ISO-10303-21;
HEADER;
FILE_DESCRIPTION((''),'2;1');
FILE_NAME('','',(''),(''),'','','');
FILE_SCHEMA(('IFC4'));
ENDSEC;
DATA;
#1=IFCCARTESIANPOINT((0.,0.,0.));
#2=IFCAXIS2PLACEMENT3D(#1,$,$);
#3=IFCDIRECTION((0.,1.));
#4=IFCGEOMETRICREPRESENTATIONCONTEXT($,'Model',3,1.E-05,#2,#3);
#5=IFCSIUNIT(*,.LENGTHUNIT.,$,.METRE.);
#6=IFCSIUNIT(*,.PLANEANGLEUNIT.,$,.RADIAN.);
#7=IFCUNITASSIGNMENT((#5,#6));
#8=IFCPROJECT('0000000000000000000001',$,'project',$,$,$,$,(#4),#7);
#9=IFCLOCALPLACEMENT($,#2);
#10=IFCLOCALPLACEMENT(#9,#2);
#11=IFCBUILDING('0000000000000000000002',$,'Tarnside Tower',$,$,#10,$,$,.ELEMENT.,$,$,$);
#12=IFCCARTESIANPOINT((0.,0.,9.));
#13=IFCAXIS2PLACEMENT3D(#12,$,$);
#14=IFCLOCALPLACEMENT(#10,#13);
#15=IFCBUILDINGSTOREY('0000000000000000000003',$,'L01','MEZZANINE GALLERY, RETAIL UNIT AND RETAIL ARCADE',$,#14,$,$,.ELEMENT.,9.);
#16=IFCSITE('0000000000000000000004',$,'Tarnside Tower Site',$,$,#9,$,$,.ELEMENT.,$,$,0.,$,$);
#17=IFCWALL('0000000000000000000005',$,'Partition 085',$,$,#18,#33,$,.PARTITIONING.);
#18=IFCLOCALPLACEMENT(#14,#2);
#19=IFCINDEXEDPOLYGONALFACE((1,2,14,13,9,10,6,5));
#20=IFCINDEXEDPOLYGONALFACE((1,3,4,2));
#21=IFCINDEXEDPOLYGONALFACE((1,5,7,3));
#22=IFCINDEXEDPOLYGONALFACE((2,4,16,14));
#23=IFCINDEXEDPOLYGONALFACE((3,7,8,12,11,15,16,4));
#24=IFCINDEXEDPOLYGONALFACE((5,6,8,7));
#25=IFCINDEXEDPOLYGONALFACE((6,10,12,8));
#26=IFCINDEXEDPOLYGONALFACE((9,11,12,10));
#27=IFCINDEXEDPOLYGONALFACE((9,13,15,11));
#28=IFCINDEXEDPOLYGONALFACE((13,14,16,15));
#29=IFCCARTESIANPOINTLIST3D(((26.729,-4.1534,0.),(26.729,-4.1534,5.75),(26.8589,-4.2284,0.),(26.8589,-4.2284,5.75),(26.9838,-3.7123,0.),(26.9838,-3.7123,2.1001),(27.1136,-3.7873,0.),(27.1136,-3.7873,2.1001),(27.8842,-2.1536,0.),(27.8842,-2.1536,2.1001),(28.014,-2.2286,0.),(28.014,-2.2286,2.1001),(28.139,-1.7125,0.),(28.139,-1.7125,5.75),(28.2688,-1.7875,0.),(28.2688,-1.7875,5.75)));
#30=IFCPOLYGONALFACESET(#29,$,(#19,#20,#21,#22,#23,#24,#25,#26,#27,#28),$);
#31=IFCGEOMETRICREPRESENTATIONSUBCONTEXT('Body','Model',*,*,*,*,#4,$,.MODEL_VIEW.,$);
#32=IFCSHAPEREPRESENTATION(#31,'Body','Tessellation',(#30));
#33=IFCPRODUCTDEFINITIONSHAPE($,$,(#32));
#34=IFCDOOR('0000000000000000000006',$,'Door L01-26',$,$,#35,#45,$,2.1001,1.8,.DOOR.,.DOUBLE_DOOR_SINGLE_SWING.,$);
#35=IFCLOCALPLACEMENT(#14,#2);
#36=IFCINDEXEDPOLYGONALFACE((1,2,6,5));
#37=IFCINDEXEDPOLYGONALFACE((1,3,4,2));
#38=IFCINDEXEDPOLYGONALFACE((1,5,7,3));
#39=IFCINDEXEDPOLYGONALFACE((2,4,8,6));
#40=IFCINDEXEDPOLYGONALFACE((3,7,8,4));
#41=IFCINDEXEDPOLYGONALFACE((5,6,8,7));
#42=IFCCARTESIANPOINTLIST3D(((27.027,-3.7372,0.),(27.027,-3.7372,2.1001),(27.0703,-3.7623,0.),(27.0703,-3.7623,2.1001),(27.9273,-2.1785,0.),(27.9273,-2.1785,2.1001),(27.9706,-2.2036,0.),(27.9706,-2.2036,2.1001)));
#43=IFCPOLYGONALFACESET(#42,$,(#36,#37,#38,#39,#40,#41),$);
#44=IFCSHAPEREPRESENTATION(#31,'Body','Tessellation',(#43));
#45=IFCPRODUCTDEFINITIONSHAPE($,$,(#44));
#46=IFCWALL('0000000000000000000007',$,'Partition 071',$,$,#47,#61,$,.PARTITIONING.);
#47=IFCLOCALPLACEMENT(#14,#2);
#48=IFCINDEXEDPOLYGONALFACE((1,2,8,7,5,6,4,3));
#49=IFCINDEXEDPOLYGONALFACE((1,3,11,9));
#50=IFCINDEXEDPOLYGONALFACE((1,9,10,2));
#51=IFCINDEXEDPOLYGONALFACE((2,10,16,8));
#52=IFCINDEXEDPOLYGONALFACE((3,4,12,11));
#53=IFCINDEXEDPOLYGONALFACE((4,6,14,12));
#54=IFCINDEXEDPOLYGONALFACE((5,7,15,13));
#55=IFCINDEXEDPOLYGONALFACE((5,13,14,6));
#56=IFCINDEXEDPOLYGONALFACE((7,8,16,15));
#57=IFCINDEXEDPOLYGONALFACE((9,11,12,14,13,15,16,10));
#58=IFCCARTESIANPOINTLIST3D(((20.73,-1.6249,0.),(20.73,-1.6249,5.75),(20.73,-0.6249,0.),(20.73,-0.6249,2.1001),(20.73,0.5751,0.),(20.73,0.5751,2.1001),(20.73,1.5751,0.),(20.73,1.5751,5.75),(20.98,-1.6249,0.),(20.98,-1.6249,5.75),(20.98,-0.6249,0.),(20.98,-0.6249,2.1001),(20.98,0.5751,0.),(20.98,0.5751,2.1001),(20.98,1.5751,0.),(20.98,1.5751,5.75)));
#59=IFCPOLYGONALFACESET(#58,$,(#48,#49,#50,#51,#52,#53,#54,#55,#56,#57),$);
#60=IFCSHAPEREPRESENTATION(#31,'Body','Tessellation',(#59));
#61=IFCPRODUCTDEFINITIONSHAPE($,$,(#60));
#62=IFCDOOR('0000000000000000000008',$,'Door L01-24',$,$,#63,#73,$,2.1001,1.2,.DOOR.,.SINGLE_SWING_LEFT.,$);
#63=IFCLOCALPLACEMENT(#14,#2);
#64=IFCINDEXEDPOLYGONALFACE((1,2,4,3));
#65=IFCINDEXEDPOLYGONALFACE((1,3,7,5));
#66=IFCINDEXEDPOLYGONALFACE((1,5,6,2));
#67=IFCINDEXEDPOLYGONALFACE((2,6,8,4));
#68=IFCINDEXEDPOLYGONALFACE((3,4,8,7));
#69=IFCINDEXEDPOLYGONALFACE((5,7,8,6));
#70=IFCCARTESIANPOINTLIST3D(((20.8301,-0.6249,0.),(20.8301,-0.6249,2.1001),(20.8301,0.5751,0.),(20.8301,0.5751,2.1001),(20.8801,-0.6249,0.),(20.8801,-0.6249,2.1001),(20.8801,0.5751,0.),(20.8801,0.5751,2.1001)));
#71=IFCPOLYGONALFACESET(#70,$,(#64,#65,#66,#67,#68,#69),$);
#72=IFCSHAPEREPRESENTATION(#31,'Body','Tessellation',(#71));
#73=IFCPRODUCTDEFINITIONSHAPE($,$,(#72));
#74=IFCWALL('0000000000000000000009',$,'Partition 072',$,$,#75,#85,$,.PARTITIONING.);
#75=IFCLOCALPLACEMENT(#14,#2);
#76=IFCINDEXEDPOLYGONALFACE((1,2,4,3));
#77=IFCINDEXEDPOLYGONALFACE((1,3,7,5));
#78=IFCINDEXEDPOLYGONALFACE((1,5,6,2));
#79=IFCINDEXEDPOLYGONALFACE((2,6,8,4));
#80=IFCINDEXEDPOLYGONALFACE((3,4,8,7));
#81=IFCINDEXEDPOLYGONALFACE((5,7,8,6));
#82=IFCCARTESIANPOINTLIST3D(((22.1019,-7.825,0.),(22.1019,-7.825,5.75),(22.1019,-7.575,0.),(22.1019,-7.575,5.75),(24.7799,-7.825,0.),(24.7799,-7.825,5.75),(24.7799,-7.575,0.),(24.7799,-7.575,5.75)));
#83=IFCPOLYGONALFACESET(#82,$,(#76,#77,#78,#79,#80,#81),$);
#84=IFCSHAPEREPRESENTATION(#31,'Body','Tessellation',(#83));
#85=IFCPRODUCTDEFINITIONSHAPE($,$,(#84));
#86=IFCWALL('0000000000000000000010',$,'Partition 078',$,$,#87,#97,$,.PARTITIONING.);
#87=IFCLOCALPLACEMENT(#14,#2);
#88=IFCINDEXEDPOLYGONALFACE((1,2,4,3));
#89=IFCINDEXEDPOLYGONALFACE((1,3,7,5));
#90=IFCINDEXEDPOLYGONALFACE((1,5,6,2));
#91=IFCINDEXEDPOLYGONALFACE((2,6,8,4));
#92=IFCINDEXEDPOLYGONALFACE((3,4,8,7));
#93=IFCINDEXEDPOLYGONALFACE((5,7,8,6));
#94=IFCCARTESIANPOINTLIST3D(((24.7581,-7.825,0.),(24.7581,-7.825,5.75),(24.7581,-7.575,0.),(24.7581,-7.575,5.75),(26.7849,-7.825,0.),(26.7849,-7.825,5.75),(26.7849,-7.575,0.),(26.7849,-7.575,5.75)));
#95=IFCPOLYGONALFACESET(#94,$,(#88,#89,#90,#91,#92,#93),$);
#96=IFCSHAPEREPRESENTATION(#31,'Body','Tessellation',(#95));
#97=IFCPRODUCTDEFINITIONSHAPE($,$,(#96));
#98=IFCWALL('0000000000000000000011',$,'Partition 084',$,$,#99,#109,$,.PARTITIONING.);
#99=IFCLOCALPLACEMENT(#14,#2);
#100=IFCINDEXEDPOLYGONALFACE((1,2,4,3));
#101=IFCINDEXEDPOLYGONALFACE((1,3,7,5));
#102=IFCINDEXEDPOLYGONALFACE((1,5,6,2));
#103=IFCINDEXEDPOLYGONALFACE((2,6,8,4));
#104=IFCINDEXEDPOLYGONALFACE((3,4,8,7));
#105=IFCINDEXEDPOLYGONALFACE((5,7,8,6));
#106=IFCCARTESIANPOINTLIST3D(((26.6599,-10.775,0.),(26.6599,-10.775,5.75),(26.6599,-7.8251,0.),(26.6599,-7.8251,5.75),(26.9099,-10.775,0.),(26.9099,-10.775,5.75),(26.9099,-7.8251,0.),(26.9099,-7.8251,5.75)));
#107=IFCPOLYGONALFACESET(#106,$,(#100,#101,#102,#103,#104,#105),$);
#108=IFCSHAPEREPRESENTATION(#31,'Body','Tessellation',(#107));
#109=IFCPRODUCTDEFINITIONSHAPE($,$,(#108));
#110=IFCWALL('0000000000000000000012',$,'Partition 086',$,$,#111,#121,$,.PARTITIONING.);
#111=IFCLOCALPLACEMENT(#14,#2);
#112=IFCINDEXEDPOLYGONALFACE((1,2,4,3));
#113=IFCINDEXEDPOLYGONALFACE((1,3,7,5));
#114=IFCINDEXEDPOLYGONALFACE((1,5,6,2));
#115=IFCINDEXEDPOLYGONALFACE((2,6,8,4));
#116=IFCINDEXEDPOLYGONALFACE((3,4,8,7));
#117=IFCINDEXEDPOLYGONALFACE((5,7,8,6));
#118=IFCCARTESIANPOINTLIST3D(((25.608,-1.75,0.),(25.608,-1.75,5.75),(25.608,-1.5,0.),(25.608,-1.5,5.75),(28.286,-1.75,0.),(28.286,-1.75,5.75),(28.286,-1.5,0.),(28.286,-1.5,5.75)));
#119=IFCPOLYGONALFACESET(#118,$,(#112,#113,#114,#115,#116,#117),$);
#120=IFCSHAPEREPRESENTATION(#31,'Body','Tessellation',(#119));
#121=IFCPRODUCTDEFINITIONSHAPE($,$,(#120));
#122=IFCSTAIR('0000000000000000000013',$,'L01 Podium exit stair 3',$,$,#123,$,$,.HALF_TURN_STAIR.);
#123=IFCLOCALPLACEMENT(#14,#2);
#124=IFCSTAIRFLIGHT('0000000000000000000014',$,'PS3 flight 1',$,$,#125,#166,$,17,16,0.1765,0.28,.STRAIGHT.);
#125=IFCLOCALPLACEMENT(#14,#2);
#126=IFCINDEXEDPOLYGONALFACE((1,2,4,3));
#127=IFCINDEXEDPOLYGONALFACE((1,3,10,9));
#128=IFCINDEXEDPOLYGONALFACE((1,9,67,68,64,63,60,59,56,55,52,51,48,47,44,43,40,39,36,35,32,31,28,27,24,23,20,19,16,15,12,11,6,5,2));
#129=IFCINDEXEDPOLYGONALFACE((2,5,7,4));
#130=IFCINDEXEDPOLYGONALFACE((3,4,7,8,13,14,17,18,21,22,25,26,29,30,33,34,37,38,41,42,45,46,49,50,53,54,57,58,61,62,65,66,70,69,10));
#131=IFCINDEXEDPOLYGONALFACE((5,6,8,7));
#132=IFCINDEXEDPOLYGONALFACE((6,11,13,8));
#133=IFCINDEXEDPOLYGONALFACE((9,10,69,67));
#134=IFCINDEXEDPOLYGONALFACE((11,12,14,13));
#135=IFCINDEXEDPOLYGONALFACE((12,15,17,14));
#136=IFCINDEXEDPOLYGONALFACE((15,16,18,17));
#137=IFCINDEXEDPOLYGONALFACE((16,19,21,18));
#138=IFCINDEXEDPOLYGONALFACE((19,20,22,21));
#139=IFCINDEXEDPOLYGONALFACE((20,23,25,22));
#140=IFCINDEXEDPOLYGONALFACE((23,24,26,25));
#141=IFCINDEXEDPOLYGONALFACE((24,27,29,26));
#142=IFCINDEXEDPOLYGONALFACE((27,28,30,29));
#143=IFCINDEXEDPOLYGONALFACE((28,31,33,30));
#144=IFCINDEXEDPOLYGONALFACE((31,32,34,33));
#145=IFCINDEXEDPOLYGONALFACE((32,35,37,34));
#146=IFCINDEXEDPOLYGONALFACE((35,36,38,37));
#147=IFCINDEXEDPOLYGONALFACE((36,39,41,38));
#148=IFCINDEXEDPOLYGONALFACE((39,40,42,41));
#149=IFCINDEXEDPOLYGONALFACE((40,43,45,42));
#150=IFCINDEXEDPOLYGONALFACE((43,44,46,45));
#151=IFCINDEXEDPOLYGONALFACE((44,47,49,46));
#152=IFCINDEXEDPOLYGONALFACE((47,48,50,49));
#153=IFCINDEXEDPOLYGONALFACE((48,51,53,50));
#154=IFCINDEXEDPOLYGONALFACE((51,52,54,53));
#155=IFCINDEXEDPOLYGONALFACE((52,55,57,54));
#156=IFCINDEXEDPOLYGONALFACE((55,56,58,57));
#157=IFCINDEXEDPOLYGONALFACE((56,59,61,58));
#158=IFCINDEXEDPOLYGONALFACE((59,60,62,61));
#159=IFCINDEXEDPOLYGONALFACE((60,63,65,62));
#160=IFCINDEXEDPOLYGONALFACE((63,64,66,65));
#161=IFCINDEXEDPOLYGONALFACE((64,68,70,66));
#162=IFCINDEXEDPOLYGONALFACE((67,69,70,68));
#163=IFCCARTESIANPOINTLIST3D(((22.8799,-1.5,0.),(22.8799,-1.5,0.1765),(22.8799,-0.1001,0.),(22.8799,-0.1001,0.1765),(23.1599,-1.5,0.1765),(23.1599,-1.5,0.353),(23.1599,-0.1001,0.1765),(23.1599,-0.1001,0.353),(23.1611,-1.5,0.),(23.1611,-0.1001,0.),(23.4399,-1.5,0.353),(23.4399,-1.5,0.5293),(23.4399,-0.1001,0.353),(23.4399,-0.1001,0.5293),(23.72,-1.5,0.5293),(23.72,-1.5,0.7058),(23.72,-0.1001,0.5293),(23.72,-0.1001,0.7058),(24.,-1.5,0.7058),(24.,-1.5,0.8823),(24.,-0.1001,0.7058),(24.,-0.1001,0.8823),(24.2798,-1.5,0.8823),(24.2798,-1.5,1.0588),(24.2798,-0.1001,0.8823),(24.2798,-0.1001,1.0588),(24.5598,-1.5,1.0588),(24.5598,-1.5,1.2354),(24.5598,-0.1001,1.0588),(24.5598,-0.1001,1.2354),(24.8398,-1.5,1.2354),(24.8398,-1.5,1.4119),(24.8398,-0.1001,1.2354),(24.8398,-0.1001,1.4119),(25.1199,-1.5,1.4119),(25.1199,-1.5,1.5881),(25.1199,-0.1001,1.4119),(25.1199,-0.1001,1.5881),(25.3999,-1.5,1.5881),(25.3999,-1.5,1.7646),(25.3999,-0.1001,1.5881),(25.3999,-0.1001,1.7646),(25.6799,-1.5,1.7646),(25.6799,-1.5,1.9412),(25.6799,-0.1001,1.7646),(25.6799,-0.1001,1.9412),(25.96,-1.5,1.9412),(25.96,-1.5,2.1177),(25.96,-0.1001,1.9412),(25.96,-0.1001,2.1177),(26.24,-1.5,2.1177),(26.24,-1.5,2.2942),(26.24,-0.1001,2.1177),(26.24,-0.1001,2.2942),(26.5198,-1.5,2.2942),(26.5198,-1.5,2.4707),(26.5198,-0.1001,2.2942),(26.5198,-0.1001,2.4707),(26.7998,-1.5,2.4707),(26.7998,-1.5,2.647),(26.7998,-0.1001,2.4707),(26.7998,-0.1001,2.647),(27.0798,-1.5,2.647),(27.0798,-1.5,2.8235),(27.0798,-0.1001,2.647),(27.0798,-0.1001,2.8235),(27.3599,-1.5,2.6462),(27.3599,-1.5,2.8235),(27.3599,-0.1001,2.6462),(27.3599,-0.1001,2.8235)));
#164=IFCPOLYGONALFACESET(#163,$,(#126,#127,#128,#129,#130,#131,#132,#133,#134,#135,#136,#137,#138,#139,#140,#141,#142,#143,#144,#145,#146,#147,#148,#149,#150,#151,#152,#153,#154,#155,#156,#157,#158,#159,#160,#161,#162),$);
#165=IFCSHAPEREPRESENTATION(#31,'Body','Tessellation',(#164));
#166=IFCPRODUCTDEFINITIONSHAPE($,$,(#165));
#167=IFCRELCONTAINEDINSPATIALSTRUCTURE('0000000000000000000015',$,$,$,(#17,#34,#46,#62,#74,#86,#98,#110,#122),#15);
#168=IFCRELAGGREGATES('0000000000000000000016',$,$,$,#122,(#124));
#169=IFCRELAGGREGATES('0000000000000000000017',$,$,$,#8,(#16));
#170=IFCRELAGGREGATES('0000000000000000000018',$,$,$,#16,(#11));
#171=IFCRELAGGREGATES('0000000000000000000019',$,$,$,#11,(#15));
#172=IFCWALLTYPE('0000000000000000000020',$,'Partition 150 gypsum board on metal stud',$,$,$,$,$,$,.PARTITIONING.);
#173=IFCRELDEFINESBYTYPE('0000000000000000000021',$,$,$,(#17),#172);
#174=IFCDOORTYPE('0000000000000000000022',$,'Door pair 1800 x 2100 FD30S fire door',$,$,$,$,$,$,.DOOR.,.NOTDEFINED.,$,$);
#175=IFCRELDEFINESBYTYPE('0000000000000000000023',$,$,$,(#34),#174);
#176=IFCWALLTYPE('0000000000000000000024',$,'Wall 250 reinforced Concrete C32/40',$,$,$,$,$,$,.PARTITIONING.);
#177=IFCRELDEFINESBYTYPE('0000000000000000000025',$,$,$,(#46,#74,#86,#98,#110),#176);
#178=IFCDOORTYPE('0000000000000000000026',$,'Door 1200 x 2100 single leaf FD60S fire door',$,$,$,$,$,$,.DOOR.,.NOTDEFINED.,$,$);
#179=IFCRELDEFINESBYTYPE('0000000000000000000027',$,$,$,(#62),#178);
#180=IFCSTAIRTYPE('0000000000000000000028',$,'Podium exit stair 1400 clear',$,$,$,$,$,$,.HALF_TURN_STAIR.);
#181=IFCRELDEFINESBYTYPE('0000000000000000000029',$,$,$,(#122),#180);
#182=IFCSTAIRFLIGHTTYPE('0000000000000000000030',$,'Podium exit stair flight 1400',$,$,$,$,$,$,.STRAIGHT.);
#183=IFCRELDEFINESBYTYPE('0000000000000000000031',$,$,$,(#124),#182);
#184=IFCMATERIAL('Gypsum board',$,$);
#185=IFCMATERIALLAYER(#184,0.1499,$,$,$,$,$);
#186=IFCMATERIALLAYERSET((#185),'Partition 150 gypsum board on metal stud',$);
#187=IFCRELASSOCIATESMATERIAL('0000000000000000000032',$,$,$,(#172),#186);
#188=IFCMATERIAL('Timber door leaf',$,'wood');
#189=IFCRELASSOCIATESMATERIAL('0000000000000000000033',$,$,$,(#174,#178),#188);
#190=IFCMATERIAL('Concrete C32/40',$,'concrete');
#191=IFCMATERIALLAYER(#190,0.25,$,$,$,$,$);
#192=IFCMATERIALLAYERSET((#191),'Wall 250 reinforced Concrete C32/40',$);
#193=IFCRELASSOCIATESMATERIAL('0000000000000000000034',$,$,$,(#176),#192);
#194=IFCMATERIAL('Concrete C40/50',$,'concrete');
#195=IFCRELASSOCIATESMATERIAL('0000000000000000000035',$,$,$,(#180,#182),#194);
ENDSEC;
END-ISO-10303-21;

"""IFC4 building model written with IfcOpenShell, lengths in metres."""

from ifc_helpers import new_model, si_unit, direction, frame, frame_2d, origin, place, context, subcontext, project, spatial, polyline, rectangle, outline, extrude, material, layer, layer_set, type_object, element, fill, aggregate, save


model = new_model("IFC4")

# Units and contexts
model_context = context("Model", 3, precision=1e-05, world=origin(), true_north=direction((0.0, 1.0)))
body_context = subcontext(model_context, "Body", "Model", "MODEL_VIEW")
ifc_project = project(units=[si_unit("LENGTHUNIT", "METRE"), si_unit("PLANEANGLEUNIT", "RADIAN")], contexts=[model_context])

# Site, building, storey
site_placement = place(None, origin())
site = spatial("IfcSite", under=ifc_project, at=site_placement, Name="Tarnside Tower Site", CompositionType="ELEMENT", RefElevation=0.0)
building_placement = place(site_placement, origin())
building = spatial("IfcBuilding", under=site, at=building_placement, Name="Tarnside Tower", CompositionType="ELEMENT")
storey_placement = place(building_placement, frame((0.0, 0.0, 9.0)))
storey = spatial("IfcBuildingStorey", under=building, at=storey_placement, Name="L01", Description="MEZZANINE GALLERY, RETAIL UNIT AND RETAIL ARCADE", CompositionType="ELEMENT", Elevation=9.0)

# Walls, openings, doors
ifc_material_1 = material(Name="Gypsum board")
ifc_layer_1 = layer(ifc_material_1, 0.1499)
ifc_layer_set_1 = layer_set([ifc_layer_1], Name="Partition 150 gypsum board on metal stud")
wall_type_1 = type_object("IfcWallType", Name="Partition 150 gypsum board on metal stud", PredefinedType="PARTITIONING", material=ifc_layer_set_1)
ifc_material_2 = material(Name="Timber door leaf", Category="wood")
door_type_1 = type_object("IfcDoorType", Name="Door pair 1800 x 2100 FD30S fire door", OperationType="NOTDEFINED", PredefinedType="DOOR", material=ifc_material_2)
wall_1_placement = place(storey_placement, frame((28.2039, -1.75, 0.0), z_axis=(0.0, 0.0, 1.0), x_axis=(-0.500172, -0.865926, 0.0)))
wall_1 = element("IfcWall", 1, at=wall_1_placement, inside=storey, type_object=wall_type_1, Name="Partition 085", PredefinedType="PARTITIONING", context=body_context, shape_type="SweptSolid", body=[
    extrude(rectangle(XDim=2.8188, YDim=0.1499, at=frame_2d((1.4094, 0.0))), origin(), (0.0, 0.0, 1.0), 5.75),
])
opening_1_placement = place(wall_1_placement, frame((0.5095, 0.0, 0.0)))
opening_1 = element("IfcOpeningElement", 2, at=opening_1_placement, cuts=wall_1, PredefinedType="OPENING", context=body_context, shape_type="SweptSolid", body=[
    extrude(rectangle(XDim=1.8, YDim=2.1001, at=frame_2d((0.8999, 1.05))), frame((0.0, 0.085, 0.0), z_axis=(0.0, -1.0, 0.0), x_axis=(1.0, 0.0, 0.0)), (0.0, 0.0, 1.0), 0.1699),
])
door_1_placement = place(opening_1_placement, origin())
door_1 = element("IfcDoor", 3, at=door_1_placement, inside=storey, type_object=door_type_1, Name="Door L01-26", OperationType="DOUBLE_DOOR_SINGLE_SWING", OverallHeight=2.1001, OverallWidth=1.8, PredefinedType="DOOR", context=body_context, shape_type="SweptSolid", body=[
    extrude(rectangle(XDim=1.8, YDim=2.1001, at=frame_2d((0.8999, 1.05))), frame((0.0, 0.0249, 0.0), z_axis=(0.0, -1.0, 0.0), x_axis=(1.0, 0.0, 0.0)), (0.0, 0.0, 1.0), 0.05),
])
fill(opening_1, door_1)
ifc_material_3 = material(Name="Concrete C32/40", Category="concrete")
ifc_layer_2 = layer(ifc_material_3, 0.25)
ifc_layer_set_2 = layer_set([ifc_layer_2], Name="Wall 250 reinforced Concrete C32/40")
wall_type_2 = type_object("IfcWallType", Name="Wall 250 reinforced Concrete C32/40", PredefinedType="PARTITIONING", material=ifc_layer_set_2)
wall_2_placement = place(storey_placement, frame((20.855, -1.625, 0.0), z_axis=(0.0, 0.0, 1.0), x_axis=(0.0, 1.0, 0.0)))
wall_2 = element("IfcWall", 4, at=wall_2_placement, inside=storey, type_object=wall_type_2, Name="Partition 071", PredefinedType="PARTITIONING", context=body_context, shape_type="SweptSolid", body=[
    extrude(rectangle(XDim=3.2, YDim=0.25, at=frame_2d((1.6001, 0.0))), origin(), (0.0, 0.0, 1.0), 5.75),
])
opening_2_placement = place(wall_2_placement, frame((1.0, 0.0, 0.0)))
opening_2 = element("IfcOpeningElement", 5, at=opening_2_placement, cuts=wall_2, PredefinedType="OPENING", context=body_context, shape_type="SweptSolid", body=[
    extrude(rectangle(XDim=1.2, YDim=2.1001, at=frame_2d((0.6001, 1.05))), frame((0.0, 0.135, 0.0), z_axis=(0.0, -1.0, 0.0), x_axis=(1.0, 0.0, 0.0)), (0.0, 0.0, 1.0), 0.27),
])
door_type_2 = type_object("IfcDoorType", Name="Door 1200 x 2100 single leaf FD60S fire door", OperationType="NOTDEFINED", PredefinedType="DOOR", material=ifc_material_2)
door_2_placement = place(opening_2_placement, origin())
door_2 = element("IfcDoor", 6, at=door_2_placement, inside=storey, type_object=door_type_2, Name="Door L01-24", OperationType="SINGLE_SWING_LEFT", OverallHeight=2.1001, OverallWidth=1.2, PredefinedType="DOOR", context=body_context, shape_type="SweptSolid", body=[
    extrude(rectangle(XDim=1.2, YDim=2.1001, at=frame_2d((0.6001, 1.05))), frame((0.0, 0.0249, 0.0), z_axis=(0.0, -1.0, 0.0), x_axis=(1.0, 0.0, 0.0)), (0.0, 0.0, 1.0), 0.05),
])
fill(opening_2, door_2)

# Walls
wall_3_placement = place(storey_placement, frame((22.1021, -7.7, 0.0), z_axis=(0.0, 0.0, 1.0), x_axis=(1.0, 0.0, 0.0)))
element("IfcWall", 7, at=wall_3_placement, inside=storey, type_object=wall_type_2, Name="Partition 072", PredefinedType="PARTITIONING", context=body_context, shape_type="SweptSolid", body=[
    extrude(rectangle(XDim=2.678, YDim=0.25, at=frame_2d((1.3389, 0.0))), origin(), (0.0, 0.0, 1.0), 5.75),
])
wall_4_placement = place(storey_placement, frame((24.7581, -7.7, 0.0), z_axis=(0.0, 0.0, 1.0), x_axis=(1.0, 0.0, 0.0)))
element("IfcWall", 8, at=wall_4_placement, inside=storey, type_object=wall_type_2, Name="Partition 078", PredefinedType="PARTITIONING", context=body_context, shape_type="SweptSolid", body=[
    extrude(rectangle(XDim=2.0269, YDim=0.25, at=frame_2d((1.0134, 0.0))), origin(), (0.0, 0.0, 1.0), 5.75),
])
wall_5_placement = place(storey_placement, frame((26.7849, -7.825, 0.0), z_axis=(0.0, 0.0, 1.0), x_axis=(0.0, -1.0, 0.0)))
element("IfcWall", 9, at=wall_5_placement, inside=storey, type_object=wall_type_2, Name="Partition 084", PredefinedType="PARTITIONING", context=body_context, shape_type="SweptSolid", body=[
    extrude(rectangle(XDim=2.95, YDim=0.25, at=frame_2d((1.4751, 0.0))), origin(), (0.0, 0.0, 1.0), 5.75),
])
wall_6_placement = place(storey_placement, frame((28.2859, -1.625, 0.0), z_axis=(0.0, 0.0, 1.0), x_axis=(-1.0, 0.0, 0.0)))
element("IfcWall", 10, at=wall_6_placement, inside=storey, type_object=wall_type_2, Name="Partition 086", PredefinedType="PARTITIONING", context=body_context, shape_type="SweptSolid", body=[
    extrude(rectangle(XDim=2.678, YDim=0.25, at=frame_2d((1.3389, 0.0))), origin(), (0.0, 0.0, 1.0), 5.75),
])

# Stair, stair flight
ifc_material_4 = material(Name="Concrete C40/50", Category="concrete")
stair_type = type_object("IfcStairType", Name="Podium exit stair 1400 clear", PredefinedType="HALF_TURN_STAIR", material=ifc_material_4)
stair_1_placement = place(storey_placement, origin())
stair_1 = element("IfcStair", 11, at=stair_1_placement, inside=storey, type_object=stair_type, Name="L01 Podium exit stair 3", PredefinedType="HALF_TURN_STAIR")
stair_flight_type = type_object("IfcStairFlightType", Name="Podium exit stair flight 1400", PredefinedType="STRAIGHT", material=ifc_material_4)
stair_flight_1_placement = place(storey_placement, frame((22.8799, -0.8, 0.0), z_axis=(0.0, 0.0, 1.0), x_axis=(1.0, 0.0, 0.0)))
stair_flight_1 = element("IfcStairFlight", 12, at=stair_flight_1_placement, type_object=stair_flight_type, Name="PS3 flight 1", NumberOfRisers=17, NumberOfTreads=16, PredefinedType="STRAIGHT", RiserHeight=0.1765, TreadLength=0.28, context=body_context, shape_type="SweptSolid", body=[
    extrude(outline(polyline([(0.0, 0.0), (0.0, 0.1765), (0.28, 0.1765), (0.28, 0.353), (0.5601, 0.353), (0.5601, 0.5293), (0.8401, 0.5293), (0.8401, 0.7058), (1.1201, 0.7058), (1.1201, 0.8823), (1.3999, 0.8823), (1.3999, 1.0588), (1.6799, 1.0588), (1.6799, 1.2354), (1.96, 1.2354), (1.96, 1.4119), (2.24, 1.4119), (2.24, 1.5881), (2.52, 1.5881), (2.52, 1.7646), (2.8, 1.7646), (2.8, 1.9412), (3.0801, 1.9412), (3.0801, 2.1177), (3.3601, 2.1177), (3.3601, 2.2942), (3.6399, 2.2942), (3.6399, 2.4707), (3.9199, 2.4707), (3.9199, 2.647), (4.2, 2.647), (4.2, 2.8235), (4.48, 2.8235), (4.48, 3.0), (4.48, 2.6462), (0.2812, 0.0), (0.0, 0.0)])), frame((0.0, 0.7, 0.0), z_axis=(0.0, -1.0, 0.0), x_axis=(1.0, 0.0, 0.0)), (0.0, 0.0, 1.0), 1.3999),
])
aggregate(stair_1, [stair_flight_1])

save(model, "model.ifc")
